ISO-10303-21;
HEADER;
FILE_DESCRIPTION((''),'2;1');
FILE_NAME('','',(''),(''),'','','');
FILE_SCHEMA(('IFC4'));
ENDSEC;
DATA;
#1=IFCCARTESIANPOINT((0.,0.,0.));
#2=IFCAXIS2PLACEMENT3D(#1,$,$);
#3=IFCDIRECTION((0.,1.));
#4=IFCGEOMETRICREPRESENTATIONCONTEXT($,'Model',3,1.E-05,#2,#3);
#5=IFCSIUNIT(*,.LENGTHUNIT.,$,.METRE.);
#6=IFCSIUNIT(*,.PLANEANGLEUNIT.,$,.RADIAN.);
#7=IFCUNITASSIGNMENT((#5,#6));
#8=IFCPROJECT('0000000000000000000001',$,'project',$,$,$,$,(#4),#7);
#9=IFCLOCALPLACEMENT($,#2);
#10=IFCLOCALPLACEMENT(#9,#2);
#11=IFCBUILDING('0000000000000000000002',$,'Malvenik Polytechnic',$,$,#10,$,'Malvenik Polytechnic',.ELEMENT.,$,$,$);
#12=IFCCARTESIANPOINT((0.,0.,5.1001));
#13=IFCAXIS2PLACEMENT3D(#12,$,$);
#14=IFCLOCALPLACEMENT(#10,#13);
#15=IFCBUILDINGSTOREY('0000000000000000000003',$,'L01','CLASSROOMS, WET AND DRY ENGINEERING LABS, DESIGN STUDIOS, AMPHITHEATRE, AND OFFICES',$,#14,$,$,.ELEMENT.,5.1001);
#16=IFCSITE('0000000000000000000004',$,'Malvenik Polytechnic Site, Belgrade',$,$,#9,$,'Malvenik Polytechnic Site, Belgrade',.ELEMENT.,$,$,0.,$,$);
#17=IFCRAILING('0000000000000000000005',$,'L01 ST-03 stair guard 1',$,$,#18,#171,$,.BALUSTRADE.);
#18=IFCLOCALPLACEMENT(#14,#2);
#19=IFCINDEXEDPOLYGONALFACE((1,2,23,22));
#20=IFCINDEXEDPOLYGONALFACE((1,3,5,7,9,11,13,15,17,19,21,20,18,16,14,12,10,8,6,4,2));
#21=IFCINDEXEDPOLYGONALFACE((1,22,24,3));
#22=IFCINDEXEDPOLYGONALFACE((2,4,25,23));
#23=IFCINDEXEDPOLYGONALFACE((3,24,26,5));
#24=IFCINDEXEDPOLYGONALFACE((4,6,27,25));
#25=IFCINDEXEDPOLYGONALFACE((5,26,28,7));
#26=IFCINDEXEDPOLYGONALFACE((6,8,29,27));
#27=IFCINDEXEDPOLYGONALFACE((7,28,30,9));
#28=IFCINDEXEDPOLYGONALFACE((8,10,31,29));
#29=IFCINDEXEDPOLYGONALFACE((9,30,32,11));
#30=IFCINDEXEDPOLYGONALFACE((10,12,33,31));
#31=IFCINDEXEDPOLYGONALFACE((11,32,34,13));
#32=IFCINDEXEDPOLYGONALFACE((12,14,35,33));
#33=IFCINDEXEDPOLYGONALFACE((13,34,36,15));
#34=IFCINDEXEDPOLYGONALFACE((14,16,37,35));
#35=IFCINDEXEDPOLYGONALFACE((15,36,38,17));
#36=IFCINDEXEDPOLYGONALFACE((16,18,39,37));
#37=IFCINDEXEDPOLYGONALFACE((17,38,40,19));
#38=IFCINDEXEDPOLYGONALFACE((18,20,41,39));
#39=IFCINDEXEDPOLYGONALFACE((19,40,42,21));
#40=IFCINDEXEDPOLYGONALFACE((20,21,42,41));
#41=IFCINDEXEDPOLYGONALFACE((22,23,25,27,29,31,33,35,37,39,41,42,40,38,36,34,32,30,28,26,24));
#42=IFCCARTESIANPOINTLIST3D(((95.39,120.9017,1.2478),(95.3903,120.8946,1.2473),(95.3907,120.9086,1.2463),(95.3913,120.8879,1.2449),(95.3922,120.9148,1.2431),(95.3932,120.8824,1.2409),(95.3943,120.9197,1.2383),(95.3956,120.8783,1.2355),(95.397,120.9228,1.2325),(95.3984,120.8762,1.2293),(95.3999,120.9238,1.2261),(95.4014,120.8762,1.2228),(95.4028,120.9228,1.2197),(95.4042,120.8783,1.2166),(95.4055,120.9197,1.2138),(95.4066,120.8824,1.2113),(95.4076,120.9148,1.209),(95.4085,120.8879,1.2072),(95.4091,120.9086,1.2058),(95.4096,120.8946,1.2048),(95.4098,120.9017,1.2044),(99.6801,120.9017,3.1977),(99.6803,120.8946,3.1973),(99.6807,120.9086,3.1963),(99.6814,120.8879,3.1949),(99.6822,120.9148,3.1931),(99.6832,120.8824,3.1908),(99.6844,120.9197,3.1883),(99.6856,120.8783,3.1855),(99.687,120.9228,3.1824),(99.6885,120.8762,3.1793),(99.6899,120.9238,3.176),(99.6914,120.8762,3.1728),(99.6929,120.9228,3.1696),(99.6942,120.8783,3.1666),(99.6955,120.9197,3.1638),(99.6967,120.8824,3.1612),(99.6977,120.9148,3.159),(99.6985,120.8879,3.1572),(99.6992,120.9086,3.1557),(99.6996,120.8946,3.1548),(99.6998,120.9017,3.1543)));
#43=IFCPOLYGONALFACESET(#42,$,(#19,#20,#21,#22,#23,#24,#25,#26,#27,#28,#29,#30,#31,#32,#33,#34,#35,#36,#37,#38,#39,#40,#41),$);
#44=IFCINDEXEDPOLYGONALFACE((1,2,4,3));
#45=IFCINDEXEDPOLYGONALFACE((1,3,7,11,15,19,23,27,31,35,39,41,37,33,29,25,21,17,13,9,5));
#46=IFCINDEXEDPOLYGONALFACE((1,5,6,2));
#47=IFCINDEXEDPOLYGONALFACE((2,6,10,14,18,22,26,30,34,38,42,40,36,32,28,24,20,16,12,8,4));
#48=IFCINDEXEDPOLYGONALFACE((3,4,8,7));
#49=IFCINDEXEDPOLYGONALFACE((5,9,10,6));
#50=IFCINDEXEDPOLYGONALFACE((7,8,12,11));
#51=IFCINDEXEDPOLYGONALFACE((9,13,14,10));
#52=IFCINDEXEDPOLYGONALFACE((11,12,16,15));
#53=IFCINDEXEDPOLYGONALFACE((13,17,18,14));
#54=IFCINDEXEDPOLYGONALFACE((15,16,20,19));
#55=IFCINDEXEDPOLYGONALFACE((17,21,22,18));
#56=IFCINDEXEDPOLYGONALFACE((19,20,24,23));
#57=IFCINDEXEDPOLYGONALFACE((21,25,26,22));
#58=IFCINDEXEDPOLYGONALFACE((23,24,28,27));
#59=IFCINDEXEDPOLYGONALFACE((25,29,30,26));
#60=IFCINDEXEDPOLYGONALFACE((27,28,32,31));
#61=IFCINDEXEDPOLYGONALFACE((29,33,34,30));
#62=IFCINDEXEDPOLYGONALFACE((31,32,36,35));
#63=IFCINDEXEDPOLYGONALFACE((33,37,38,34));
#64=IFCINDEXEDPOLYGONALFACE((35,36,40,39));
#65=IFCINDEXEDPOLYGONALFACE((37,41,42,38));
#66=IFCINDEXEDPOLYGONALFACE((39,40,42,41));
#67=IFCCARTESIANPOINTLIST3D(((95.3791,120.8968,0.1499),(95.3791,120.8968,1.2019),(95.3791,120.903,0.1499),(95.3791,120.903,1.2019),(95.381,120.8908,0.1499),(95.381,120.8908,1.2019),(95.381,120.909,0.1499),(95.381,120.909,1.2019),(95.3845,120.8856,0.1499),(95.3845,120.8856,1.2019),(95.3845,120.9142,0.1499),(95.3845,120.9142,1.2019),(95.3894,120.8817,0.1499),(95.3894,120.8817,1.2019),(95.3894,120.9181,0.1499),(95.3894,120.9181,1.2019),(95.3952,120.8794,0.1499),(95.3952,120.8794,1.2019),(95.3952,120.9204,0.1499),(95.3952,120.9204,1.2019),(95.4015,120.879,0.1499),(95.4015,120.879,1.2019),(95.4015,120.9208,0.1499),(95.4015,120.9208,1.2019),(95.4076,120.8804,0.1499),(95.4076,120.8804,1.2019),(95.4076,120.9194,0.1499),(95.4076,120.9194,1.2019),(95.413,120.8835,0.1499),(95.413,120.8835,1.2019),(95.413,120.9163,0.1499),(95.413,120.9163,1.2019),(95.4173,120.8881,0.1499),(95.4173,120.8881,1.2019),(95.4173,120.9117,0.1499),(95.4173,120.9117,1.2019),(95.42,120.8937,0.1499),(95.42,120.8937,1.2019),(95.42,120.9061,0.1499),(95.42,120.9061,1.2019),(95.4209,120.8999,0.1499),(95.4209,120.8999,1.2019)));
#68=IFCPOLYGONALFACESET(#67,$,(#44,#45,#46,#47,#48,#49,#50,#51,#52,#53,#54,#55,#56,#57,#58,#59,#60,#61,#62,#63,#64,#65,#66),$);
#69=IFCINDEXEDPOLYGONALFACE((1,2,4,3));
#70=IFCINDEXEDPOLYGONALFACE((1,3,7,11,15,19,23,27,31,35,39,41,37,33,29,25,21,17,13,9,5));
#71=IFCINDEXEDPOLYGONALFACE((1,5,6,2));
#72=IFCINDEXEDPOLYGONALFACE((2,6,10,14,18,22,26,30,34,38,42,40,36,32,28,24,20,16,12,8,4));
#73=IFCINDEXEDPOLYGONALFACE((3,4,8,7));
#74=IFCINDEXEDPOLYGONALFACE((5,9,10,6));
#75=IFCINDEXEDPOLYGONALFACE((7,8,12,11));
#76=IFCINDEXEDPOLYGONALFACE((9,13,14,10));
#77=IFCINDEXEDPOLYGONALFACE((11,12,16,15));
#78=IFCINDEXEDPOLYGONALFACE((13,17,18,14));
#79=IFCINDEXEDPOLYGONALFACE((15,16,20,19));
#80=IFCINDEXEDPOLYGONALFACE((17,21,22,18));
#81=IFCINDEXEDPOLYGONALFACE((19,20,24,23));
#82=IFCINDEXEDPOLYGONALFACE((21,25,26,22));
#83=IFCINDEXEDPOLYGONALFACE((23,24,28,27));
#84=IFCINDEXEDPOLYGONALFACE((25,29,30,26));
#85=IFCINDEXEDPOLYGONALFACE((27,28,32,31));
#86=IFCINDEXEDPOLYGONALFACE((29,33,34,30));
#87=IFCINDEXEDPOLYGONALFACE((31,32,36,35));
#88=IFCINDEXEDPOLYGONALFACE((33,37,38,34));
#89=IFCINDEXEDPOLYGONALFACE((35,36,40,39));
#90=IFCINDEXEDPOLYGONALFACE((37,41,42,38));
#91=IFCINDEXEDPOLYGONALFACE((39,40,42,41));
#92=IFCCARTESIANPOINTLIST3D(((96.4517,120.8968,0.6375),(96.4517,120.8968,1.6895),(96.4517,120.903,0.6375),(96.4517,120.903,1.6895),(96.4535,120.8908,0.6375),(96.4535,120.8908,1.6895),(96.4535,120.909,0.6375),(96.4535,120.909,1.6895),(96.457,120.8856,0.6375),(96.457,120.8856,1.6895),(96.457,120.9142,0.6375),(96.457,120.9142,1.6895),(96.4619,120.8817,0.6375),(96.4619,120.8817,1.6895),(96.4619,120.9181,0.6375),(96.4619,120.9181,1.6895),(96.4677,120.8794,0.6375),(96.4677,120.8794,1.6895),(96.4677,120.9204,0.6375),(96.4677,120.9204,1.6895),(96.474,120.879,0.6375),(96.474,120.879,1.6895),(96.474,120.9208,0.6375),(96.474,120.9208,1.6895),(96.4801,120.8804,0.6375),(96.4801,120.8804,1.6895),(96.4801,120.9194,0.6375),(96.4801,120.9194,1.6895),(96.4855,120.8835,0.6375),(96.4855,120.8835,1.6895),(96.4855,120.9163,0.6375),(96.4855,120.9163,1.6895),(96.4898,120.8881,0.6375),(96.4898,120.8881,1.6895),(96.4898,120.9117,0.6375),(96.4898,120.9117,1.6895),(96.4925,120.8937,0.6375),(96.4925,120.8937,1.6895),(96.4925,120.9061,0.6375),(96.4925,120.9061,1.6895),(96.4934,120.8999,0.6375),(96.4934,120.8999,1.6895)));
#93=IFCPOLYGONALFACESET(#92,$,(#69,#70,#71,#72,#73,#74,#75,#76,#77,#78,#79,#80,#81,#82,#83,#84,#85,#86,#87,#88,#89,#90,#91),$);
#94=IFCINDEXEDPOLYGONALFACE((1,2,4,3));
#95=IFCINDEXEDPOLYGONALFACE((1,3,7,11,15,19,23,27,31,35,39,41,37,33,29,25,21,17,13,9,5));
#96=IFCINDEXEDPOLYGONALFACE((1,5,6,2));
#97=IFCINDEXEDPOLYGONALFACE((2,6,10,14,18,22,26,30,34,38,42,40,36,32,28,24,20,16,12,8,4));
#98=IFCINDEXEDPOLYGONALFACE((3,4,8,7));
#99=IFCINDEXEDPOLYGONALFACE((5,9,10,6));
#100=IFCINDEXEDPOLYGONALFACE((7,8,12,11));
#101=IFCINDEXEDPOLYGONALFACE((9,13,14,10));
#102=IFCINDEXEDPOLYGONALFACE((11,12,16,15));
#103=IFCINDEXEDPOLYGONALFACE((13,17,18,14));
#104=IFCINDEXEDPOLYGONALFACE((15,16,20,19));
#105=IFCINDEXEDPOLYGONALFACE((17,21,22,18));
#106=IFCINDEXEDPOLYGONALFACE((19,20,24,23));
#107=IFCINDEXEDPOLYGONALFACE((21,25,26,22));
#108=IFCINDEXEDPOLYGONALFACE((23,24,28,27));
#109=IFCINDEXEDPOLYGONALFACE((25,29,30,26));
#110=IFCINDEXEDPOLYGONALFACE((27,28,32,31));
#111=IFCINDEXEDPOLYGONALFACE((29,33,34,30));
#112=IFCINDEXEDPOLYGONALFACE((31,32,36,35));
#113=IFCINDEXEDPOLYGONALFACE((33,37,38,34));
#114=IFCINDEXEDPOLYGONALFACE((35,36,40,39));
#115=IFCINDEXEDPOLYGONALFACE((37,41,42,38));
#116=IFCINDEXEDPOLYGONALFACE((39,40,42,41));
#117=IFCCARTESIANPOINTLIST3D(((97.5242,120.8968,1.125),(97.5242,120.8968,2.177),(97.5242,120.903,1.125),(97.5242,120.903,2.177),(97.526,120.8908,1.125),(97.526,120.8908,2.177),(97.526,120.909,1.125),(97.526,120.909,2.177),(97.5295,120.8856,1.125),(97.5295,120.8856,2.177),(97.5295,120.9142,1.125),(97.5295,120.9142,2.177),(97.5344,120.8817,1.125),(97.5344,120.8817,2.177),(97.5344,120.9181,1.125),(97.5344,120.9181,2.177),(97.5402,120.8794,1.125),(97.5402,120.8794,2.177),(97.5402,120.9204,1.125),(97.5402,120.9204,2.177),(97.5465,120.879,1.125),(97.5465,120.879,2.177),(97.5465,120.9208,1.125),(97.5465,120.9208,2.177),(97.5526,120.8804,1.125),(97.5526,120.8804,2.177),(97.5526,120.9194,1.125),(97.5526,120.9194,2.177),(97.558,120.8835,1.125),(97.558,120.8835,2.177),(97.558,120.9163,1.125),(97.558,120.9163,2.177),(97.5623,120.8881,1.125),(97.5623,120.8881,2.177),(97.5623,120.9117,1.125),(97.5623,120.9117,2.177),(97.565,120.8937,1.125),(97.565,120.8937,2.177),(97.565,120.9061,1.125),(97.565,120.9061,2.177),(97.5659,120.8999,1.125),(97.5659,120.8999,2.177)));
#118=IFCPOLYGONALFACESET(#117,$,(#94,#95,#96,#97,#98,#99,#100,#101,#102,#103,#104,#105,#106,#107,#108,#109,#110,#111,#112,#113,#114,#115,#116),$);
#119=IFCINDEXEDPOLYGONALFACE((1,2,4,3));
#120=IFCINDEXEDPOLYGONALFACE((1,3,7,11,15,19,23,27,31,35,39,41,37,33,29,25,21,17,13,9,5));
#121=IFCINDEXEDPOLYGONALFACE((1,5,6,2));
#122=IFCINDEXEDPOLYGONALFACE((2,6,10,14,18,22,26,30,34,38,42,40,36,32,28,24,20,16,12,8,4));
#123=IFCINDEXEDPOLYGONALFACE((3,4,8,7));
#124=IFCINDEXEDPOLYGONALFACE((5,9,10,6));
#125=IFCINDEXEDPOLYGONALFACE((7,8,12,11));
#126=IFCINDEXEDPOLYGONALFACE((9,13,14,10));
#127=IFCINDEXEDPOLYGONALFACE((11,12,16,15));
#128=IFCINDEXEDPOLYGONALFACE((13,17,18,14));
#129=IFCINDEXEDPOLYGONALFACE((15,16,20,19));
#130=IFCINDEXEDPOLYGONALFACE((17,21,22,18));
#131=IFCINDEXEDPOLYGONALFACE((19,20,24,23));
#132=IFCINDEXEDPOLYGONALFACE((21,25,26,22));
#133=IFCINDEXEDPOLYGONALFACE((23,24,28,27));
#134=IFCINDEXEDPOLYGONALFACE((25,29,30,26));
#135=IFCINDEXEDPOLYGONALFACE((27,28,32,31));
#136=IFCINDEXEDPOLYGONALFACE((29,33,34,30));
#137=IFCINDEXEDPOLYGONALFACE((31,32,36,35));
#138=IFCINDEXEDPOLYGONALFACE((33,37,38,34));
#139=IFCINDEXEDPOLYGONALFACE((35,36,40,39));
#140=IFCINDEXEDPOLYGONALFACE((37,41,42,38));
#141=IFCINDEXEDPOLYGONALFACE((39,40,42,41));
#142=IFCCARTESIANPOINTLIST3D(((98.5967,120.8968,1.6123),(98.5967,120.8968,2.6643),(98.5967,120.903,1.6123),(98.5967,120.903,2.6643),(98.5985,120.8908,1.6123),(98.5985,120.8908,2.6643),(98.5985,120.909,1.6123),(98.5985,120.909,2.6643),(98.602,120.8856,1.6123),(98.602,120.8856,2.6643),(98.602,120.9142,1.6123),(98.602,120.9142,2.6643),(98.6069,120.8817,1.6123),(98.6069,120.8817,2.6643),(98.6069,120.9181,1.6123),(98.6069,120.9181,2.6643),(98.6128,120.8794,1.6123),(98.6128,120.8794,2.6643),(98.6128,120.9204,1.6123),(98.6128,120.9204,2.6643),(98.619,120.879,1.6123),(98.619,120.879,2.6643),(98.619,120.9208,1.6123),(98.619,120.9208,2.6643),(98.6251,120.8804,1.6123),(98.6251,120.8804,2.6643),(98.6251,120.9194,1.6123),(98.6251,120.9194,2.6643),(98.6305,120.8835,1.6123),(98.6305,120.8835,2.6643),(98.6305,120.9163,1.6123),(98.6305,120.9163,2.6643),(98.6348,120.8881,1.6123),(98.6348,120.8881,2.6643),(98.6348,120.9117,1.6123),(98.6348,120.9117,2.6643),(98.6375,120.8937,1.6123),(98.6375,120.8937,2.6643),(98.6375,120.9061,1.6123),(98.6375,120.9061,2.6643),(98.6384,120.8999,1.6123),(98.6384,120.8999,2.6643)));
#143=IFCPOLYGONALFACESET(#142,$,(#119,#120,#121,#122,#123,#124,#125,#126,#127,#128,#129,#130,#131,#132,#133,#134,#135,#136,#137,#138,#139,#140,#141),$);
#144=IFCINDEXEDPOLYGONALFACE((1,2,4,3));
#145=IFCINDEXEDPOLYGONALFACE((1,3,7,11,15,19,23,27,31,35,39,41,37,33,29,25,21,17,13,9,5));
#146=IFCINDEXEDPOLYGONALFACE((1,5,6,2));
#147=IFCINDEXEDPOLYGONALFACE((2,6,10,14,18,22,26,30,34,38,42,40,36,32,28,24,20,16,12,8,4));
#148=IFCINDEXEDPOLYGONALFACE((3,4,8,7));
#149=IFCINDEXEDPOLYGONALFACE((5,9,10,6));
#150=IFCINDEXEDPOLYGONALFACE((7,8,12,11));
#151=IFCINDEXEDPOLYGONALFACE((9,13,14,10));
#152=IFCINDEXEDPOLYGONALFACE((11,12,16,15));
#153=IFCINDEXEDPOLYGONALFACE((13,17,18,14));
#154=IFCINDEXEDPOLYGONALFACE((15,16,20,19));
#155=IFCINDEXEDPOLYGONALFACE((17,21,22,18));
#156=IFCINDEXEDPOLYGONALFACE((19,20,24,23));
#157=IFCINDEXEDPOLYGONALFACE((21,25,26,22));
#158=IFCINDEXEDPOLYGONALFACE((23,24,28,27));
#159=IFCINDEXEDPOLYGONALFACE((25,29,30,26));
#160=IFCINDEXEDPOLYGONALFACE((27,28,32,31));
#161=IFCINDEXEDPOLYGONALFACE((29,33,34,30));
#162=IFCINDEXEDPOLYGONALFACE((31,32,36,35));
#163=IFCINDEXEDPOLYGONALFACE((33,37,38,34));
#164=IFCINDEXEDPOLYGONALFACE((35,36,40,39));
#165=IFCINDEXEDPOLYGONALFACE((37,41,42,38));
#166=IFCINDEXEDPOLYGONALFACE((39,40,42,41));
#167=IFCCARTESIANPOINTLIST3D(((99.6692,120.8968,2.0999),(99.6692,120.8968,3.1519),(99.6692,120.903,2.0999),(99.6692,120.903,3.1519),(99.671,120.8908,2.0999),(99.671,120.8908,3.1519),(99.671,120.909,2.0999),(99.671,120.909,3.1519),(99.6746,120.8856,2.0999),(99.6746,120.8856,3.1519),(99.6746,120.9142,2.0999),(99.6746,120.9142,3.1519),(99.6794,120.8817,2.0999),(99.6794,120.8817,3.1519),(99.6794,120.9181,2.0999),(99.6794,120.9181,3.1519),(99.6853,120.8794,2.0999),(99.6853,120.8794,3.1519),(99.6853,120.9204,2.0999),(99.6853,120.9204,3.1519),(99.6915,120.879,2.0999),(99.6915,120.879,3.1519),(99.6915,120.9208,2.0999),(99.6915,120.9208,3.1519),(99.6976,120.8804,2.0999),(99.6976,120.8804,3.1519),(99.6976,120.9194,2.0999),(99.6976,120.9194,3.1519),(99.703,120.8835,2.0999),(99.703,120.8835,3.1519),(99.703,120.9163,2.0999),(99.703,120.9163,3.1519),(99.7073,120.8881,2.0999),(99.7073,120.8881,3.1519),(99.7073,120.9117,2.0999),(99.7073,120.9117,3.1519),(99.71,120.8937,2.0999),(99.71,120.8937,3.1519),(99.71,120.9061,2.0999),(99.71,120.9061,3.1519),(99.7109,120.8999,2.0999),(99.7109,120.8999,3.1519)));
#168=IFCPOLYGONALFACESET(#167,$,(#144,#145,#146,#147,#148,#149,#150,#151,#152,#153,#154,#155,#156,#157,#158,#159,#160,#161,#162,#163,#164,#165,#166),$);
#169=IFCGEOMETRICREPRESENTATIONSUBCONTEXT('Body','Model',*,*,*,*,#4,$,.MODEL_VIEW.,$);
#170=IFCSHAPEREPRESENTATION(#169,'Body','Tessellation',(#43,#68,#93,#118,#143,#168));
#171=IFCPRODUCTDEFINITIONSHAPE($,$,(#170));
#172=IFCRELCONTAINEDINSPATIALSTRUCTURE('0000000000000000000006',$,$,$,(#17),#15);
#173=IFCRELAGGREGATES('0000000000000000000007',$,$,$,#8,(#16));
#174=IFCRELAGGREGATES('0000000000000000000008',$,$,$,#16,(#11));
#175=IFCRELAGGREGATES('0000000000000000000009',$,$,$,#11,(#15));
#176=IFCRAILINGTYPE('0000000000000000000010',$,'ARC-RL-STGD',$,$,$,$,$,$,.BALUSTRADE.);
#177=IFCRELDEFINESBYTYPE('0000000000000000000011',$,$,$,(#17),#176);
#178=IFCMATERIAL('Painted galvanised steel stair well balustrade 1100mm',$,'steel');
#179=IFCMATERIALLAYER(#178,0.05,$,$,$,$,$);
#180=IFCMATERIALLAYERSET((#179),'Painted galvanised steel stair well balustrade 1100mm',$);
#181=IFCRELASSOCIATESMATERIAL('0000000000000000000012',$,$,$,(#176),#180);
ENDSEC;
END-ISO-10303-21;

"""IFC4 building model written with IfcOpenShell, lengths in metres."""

from ifc_helpers import new_model, si_unit, direction, frame, origin, origin_2d, place, context, subcontext, project, spatial, circle, extrude, material, layer, layer_set, type_object, element, save


model = new_model("IFC4")

# Units and contexts
model_context = context("Model", 3, precision=1e-05, world=origin(), true_north=direction((0.0, 1.0)))
body_context = subcontext(model_context, "Body", "Model", "MODEL_VIEW")
ifc_project = project(units=[si_unit("LENGTHUNIT", "METRE"), si_unit("PLANEANGLEUNIT", "RADIAN")], contexts=[model_context])

# Site, building, storey
site_placement = place(None, origin())
site = spatial("IfcSite", under=ifc_project, at=site_placement, Name="Malvenik Polytechnic Site, Belgrade", LongName="Malvenik Polytechnic Site, Belgrade", CompositionType="ELEMENT", RefElevation=0.0)
building_placement = place(site_placement, origin())
building = spatial("IfcBuilding", under=site, at=building_placement, Name="Malvenik Polytechnic", LongName="Malvenik Polytechnic", CompositionType="ELEMENT")
storey_placement = place(building_placement, frame((0.0, 0.0, 5.1001)))
storey = spatial("IfcBuildingStorey", under=building, at=storey_placement, Name="L01", Description="CLASSROOMS, WET AND DRY ENGINEERING LABS, DESIGN STUDIOS, AMPHITHEATRE, AND OFFICES", CompositionType="ELEMENT", Elevation=5.1001)

# Railing
ifc_material_1 = material(Name="Painted galvanised steel stair well balustrade 1100mm", Category="steel")
ifc_layer_1 = layer(ifc_material_1, 0.05)
ifc_layer_set_1 = layer_set([ifc_layer_1], Name="Painted galvanised steel stair well balustrade 1100mm")
railing_type_1 = type_object("IfcRailingType", Name="ARC-RL-STGD", PredefinedType="BALUSTRADE", material=ifc_layer_set_1)
railing_1_placement = place(storey_placement, frame((95.3999, 120.8999, 0.1499)))
element("IfcRailing", 1, at=railing_1_placement, inside=storey, type_object=railing_type_1, Name="L01 ST-03 stair guard 1", PredefinedType="BALUSTRADE", context=body_context, shape_type="SweptSolid", body=[
    extrude(circle(Radius=0.0239, at=origin_2d()), frame((0.0, 0.0, 1.0762), z_axis=(0.910372, 0.0, 0.413791), x_axis=(0.0, 1.0, 0.0)), (0.0, 0.0, 1.0), 4.7124),
    extrude(circle(Radius=0.021, at=origin_2d()), origin(), (0.0, 0.0, 1.0), 1.052),
    extrude(circle(Radius=0.021, at=origin_2d()), frame((1.0725, 0.0, 0.4875)), (0.0, 0.0, 1.0), 1.052),
    extrude(circle(Radius=0.021, at=origin_2d()), frame((2.145, 0.0, 0.9751)), (0.0, 0.0, 1.0), 1.052),
    extrude(circle(Radius=0.021, at=origin_2d()), frame((3.2175, 0.0, 1.4624)), (0.0, 0.0, 1.0), 1.052),
    extrude(circle(Radius=0.021, at=origin_2d()), frame((4.29, 0.0, 1.95)), (0.0, 0.0, 1.0), 1.052),
])

save(model, "model.ifc")
